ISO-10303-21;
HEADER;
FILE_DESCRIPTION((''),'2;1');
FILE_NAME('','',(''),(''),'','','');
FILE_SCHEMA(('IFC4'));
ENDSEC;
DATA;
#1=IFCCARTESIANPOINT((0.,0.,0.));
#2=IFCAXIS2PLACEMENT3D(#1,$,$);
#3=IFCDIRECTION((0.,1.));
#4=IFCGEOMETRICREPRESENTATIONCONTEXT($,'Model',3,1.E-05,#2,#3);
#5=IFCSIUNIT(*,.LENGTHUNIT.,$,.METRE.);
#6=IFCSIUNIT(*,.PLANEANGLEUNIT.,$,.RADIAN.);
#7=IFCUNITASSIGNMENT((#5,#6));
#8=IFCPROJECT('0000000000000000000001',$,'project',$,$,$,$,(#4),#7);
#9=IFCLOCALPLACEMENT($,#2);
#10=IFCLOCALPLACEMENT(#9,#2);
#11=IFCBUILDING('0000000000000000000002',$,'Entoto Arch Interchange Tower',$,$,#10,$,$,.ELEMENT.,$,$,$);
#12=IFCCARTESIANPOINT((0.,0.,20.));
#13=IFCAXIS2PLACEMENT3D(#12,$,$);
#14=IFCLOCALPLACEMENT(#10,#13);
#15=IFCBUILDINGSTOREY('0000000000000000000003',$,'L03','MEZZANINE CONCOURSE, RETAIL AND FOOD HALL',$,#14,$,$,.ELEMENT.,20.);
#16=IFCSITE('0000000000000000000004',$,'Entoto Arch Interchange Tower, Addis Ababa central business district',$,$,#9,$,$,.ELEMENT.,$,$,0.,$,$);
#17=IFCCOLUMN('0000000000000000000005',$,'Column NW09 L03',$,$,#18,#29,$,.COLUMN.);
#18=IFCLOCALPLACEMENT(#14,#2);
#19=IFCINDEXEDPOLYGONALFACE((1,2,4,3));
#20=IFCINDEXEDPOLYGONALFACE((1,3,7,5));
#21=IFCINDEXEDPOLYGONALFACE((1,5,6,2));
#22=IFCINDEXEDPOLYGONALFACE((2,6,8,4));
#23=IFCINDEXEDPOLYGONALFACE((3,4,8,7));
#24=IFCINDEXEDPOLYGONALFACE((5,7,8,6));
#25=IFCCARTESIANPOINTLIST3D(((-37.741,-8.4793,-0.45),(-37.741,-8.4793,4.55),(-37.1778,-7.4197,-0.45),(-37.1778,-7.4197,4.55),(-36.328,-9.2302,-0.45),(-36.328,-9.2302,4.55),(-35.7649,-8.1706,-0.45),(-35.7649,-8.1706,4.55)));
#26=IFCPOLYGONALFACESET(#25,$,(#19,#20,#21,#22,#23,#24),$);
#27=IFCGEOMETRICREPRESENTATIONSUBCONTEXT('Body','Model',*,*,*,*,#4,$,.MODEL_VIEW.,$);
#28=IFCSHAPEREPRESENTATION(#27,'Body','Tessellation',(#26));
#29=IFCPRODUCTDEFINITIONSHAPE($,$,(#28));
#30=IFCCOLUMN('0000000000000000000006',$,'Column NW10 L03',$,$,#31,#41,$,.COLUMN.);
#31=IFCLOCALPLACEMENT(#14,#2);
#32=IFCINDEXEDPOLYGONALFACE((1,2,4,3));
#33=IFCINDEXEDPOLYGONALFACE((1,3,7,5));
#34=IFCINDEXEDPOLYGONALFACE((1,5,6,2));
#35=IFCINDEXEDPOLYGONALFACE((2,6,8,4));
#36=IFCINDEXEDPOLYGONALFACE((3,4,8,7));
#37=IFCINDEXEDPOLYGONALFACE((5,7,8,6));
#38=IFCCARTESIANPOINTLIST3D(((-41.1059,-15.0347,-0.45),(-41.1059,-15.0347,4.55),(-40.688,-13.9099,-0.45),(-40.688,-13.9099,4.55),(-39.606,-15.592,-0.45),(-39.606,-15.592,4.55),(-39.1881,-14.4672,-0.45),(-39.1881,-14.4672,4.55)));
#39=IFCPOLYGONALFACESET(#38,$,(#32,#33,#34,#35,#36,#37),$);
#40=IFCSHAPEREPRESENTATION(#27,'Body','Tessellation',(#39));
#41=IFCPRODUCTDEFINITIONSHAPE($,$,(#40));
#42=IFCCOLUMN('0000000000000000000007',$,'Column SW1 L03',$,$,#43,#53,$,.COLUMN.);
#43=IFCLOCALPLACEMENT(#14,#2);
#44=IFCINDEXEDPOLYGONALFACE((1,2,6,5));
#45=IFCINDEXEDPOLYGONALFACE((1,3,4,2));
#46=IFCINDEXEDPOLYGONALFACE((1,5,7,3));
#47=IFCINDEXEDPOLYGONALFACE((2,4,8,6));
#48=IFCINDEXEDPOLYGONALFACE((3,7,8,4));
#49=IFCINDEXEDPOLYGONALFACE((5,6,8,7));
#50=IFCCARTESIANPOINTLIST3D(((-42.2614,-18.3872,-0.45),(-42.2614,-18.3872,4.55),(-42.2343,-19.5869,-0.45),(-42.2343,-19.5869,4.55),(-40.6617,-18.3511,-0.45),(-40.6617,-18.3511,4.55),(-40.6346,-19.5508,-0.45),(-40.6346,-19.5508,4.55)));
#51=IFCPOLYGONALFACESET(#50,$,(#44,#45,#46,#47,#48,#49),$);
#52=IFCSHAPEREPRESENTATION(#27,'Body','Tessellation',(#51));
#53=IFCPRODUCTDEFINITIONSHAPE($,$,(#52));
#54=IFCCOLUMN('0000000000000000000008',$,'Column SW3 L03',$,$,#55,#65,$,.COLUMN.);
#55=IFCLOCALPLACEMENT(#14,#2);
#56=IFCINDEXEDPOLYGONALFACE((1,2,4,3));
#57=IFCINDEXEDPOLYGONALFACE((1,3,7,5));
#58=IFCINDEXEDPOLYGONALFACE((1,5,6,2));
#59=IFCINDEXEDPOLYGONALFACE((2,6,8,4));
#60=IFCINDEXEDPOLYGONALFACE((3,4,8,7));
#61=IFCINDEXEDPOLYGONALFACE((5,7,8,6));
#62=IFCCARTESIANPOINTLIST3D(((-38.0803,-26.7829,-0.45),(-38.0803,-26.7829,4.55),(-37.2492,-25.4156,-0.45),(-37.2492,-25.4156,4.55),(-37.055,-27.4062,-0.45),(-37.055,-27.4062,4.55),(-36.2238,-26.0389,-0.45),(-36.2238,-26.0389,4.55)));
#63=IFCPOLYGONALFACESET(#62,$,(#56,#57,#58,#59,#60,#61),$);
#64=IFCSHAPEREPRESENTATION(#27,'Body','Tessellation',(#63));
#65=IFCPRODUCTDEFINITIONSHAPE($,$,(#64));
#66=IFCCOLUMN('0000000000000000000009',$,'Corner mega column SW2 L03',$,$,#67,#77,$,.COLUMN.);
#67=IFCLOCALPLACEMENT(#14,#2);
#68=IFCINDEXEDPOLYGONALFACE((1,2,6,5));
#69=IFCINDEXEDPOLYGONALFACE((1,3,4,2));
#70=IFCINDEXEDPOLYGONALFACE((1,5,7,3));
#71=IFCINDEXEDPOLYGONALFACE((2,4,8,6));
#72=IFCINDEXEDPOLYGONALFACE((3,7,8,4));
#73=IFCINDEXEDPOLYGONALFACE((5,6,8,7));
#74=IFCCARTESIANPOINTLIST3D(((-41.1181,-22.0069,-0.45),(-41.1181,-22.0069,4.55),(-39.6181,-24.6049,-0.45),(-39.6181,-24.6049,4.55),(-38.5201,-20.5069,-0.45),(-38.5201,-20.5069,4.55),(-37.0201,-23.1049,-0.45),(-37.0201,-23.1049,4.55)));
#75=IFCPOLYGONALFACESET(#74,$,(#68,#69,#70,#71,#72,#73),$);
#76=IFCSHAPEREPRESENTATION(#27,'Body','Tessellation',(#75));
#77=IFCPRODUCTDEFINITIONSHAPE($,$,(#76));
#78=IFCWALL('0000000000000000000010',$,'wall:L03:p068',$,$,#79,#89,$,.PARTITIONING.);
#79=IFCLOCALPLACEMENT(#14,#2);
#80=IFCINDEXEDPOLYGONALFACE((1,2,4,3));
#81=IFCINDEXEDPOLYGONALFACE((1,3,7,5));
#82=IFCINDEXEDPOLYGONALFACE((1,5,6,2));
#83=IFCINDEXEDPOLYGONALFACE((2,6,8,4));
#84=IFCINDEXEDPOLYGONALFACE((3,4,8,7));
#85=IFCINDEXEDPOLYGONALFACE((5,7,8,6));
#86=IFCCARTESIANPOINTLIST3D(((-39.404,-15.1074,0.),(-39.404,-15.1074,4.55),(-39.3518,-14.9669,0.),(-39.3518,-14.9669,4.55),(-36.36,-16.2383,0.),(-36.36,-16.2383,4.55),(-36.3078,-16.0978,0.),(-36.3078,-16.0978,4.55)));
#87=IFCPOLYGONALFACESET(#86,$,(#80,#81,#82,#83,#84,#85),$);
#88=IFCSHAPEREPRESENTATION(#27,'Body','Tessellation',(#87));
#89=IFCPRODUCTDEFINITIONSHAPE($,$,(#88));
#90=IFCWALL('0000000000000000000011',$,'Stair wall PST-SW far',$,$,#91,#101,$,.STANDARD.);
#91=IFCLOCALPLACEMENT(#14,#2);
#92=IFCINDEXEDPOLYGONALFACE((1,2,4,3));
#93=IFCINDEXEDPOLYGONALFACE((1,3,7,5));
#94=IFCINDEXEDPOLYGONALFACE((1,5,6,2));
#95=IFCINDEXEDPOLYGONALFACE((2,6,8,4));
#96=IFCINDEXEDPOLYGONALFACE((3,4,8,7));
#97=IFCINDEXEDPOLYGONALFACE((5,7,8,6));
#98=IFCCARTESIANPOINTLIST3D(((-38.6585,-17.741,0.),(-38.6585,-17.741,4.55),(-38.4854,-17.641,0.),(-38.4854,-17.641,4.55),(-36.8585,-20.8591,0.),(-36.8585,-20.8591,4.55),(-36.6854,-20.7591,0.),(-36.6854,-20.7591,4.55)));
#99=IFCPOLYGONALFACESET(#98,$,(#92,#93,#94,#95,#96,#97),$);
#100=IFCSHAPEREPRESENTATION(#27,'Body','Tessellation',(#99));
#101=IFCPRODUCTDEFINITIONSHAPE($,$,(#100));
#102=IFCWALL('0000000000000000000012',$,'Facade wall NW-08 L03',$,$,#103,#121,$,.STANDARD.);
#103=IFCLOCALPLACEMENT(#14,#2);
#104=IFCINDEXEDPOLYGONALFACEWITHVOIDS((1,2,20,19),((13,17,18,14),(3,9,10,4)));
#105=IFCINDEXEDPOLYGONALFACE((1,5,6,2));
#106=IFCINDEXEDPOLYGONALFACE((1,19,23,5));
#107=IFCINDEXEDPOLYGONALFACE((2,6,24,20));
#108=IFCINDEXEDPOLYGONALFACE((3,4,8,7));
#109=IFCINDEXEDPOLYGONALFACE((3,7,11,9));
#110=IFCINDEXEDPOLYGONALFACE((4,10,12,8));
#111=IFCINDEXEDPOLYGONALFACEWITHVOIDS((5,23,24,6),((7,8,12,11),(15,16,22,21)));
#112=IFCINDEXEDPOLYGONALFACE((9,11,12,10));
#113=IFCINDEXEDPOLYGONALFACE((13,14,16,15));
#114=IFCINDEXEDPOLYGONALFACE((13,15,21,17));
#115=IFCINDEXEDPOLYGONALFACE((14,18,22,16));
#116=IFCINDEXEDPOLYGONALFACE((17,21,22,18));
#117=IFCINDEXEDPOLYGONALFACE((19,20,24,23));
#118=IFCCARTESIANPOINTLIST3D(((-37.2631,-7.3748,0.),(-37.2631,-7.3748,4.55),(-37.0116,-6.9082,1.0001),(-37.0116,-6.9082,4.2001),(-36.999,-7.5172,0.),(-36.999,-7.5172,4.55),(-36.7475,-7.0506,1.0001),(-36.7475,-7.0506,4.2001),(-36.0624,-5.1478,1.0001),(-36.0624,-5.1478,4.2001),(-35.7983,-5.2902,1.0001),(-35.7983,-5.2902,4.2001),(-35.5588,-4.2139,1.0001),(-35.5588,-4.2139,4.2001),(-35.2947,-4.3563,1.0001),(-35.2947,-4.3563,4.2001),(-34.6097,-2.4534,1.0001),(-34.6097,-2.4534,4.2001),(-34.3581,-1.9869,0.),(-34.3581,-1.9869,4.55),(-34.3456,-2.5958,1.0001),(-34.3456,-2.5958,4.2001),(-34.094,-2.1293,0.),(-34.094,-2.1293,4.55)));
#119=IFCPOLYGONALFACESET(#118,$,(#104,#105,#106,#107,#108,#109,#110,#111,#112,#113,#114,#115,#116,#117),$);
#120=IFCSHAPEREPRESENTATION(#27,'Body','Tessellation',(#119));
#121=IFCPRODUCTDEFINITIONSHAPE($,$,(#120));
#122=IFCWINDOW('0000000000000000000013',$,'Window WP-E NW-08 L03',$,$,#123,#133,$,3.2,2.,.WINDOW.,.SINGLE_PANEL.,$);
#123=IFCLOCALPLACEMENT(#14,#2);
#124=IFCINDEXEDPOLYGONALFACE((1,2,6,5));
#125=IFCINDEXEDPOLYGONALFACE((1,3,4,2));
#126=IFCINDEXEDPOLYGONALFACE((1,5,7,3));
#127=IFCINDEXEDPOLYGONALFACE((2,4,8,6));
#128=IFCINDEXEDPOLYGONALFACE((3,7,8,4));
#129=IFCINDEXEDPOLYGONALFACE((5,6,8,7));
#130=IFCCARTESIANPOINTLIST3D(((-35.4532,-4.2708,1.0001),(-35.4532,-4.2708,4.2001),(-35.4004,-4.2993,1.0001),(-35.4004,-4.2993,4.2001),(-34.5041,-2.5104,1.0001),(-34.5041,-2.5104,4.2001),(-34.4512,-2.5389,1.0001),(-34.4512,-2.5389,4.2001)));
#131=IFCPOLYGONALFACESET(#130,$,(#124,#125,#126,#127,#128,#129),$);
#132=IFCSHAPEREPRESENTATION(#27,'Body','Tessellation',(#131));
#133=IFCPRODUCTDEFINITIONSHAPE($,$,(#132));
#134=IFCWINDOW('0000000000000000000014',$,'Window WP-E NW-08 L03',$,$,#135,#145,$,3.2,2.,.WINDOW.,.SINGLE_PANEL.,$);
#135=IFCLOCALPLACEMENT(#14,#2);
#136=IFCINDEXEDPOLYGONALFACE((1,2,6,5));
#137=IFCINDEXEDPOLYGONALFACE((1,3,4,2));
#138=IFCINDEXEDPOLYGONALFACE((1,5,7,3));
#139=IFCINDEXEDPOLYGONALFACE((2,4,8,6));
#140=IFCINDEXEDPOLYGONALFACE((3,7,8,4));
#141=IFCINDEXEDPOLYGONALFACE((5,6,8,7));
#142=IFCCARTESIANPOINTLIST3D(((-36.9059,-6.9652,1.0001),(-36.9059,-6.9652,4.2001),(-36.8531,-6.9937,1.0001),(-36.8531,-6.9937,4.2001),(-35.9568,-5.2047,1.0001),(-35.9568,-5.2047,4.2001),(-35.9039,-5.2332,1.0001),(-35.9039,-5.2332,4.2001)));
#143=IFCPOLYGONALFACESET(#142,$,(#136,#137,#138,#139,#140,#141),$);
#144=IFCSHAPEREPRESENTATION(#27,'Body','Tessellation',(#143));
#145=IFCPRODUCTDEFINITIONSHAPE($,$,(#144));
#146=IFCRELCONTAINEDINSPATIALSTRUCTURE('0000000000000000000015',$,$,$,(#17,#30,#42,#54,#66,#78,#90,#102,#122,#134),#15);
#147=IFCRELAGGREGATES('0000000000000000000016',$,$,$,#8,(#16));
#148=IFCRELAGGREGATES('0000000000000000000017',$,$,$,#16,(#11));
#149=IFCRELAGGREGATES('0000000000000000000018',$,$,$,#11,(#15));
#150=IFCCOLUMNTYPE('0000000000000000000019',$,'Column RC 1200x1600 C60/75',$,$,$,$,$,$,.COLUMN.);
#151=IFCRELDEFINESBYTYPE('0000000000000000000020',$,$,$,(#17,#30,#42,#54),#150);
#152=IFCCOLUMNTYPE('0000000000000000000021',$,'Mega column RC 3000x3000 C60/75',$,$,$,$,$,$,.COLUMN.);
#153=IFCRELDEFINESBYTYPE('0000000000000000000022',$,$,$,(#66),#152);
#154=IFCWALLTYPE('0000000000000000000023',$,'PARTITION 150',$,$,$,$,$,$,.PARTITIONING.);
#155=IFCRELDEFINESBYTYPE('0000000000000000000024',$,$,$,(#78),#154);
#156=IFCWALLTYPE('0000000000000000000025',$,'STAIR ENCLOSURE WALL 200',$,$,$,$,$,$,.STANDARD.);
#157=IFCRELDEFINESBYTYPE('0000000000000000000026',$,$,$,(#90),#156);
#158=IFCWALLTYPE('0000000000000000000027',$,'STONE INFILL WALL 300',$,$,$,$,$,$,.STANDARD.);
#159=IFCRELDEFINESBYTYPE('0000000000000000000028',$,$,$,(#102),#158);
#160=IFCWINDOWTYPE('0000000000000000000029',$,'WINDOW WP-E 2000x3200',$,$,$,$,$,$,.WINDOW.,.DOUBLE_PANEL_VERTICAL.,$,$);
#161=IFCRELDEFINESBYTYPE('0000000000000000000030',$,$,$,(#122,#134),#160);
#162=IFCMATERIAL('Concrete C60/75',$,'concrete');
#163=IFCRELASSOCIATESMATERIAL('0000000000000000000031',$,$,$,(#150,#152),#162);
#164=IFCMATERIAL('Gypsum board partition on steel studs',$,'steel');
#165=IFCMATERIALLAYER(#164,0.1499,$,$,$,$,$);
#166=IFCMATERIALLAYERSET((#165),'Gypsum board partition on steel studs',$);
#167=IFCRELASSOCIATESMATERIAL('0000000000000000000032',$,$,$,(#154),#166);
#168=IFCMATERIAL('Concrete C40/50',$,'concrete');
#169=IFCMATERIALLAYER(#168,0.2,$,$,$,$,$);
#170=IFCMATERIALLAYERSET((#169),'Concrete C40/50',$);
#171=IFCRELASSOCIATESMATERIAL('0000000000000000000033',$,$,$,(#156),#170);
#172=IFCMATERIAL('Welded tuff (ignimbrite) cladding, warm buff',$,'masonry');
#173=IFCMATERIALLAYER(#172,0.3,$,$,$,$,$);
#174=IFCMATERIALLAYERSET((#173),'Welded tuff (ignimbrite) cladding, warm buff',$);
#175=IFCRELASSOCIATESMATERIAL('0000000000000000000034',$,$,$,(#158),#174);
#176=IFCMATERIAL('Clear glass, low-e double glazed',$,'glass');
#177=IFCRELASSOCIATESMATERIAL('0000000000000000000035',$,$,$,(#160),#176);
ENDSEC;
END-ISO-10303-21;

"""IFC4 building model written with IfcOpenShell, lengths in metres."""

from ifc_helpers import new_model, si_unit, direction, frame, frame_2d, origin, origin_2d, place, context, subcontext, project, spatial, rectangle, extrude, material, layer, layer_set, material_profile, profile_set, type_object, element, fill, save


model = new_model("IFC4")

# Units and contexts
model_context = context("Model", 3, precision=1e-05, world=origin(), true_north=direction((0.0, 1.0)))
body_context = subcontext(model_context, "Body", "Model", "MODEL_VIEW")
ifc_project = project(units=[si_unit("LENGTHUNIT", "METRE"), si_unit("PLANEANGLEUNIT", "RADIAN")], contexts=[model_context])

# Site, building, storey
site_placement = place(None, origin())
site = spatial("IfcSite", under=ifc_project, at=site_placement, Name="Entoto Arch Interchange Tower, Addis Ababa central business district", CompositionType="ELEMENT", RefElevation=0.0)
building_placement = place(site_placement, origin())
building = spatial("IfcBuilding", under=site, at=building_placement, Name="Entoto Arch Interchange Tower", CompositionType="ELEMENT")
storey_placement = place(building_placement, frame((0.0, 0.0, 20.0)))
storey = spatial("IfcBuildingStorey", under=building, at=storey_placement, Name="L03", Description="MEZZANINE CONCOURSE, RETAIL AND FOOD HALL", CompositionType="ELEMENT", Elevation=20.0)

# Columns
ifc_material_1 = material(Name="Concrete C60/75", Category="concrete")
ifc_material_profile_1 = material_profile(ifc_material_1, rectangle(XDim=1.2, YDim=1.6001, at=origin_2d()))
ifc_profile_set_1 = profile_set([ifc_material_profile_1], Name="Concrete C60/75")
column_type_1 = type_object("IfcColumnType", Name="Column RC 1200x1600 C60/75", PredefinedType="COLUMN", material=ifc_profile_set_1)
for number, where, z_axis, x_axis, name in (
    (1, (-36.7529, -8.325, -0.45), (0.0, 0.0, 1.0), (0.469317, 0.88303, 0.0), "Column NW09 L03"),
    (2, (-40.147, -14.751, -0.45), (0.0, 0.0, 1.0), (0.348278, 0.937391, 0.0), "Column NW10 L03"),
    (3, (-41.448, -18.969, -0.45), (0.0, 0.0, 1.0), (-0.022565, 0.999745, 0.0), "Column SW1 L03"),
    (4, (-37.1521, -26.4109, -0.45), (0.0, 0.0, 1.0), (-0.854522, 0.519415, 0.0), "Column SW3 L03"),
):
    element("IfcColumn", number, at=place(storey_placement, frame(where, z_axis=z_axis, x_axis=x_axis)), inside=storey, type_object=column_type_1, Name=name, PredefinedType="COLUMN", context=body_context, shape_type="SweptSolid", body=[
        extrude(rectangle(XDim=1.2, YDim=1.6001, at=origin_2d()), origin(), (0.0, 0.0, 1.0), 5.0),
    ])
ifc_material_profile_2 = material_profile(ifc_material_1, rectangle(XDim=3.0, YDim=3.0, at=origin_2d()))
ifc_profile_set_2 = profile_set([ifc_material_profile_2], Name="Concrete C60/75")
column_type_2 = type_object("IfcColumnType", Name="Mega column RC 3000x3000 C60/75", PredefinedType="COLUMN", material=ifc_profile_set_2)
column_placement = place(storey_placement, frame((-39.0691, -22.5559, -0.45), z_axis=(0.0, 0.0, 1.0), x_axis=(0.866025, 0.5, 0.0)))
element("IfcColumn", 5, at=column_placement, inside=storey, type_object=column_type_2, Name="Corner mega column SW2 L03", PredefinedType="COLUMN", context=body_context, shape_type="SweptSolid", body=[
    extrude(rectangle(XDim=3.0, YDim=3.0, at=origin_2d()), origin(), (0.0, 0.0, 1.0), 5.0),
])

# Walls
ifc_material_2 = material(Name="Gypsum board partition on steel studs", Category="steel")
ifc_layer_1 = layer(ifc_material_2, 0.1499)
ifc_layer_set_1 = layer_set([ifc_layer_1], Name="Gypsum board partition on steel studs")
wall_type_1 = type_object("IfcWallType", Name="PARTITION 150", PredefinedType="PARTITIONING", material=ifc_layer_set_1)
wall_1_placement = place(storey_placement, frame((-36.334, -16.168, 0.0), z_axis=(0.0, 0.0, 1.0), x_axis=(-0.9374, 0.348254, 0.0)))
element("IfcWall", 6, at=wall_1_placement, inside=storey, type_object=wall_type_1, Name="wall:L03:p068", PredefinedType="PARTITIONING", context=body_context, shape_type="SweptSolid", body=[
    extrude(rectangle(XDim=3.2473, YDim=0.1499, at=frame_2d((1.6235, 0.0))), origin(), (0.0, 0.0, 1.0), 4.55),
])
ifc_material_3 = material(Name="Concrete C40/50", Category="concrete")
ifc_layer_2 = layer(ifc_material_3, 0.2)
ifc_layer_set_2 = layer_set([ifc_layer_2], Name="Concrete C40/50")
wall_type_2 = type_object("IfcWallType", Name="STAIR ENCLOSURE WALL 200", PredefinedType="STANDARD", material=ifc_layer_set_2)
wall_2_placement = place(storey_placement, frame((-38.572, -17.6909, 0.0), z_axis=(0.0, 0.0, 1.0), x_axis=(0.499953, -0.866052, 0.0)))
element("IfcWall", 7, at=wall_2_placement, inside=storey, type_object=wall_type_2, Name="Stair wall PST-SW far", PredefinedType="STANDARD", context=body_context, shape_type="SweptSolid", body=[
    extrude(rectangle(XDim=3.6003, YDim=0.2, at=frame_2d((1.8003, 0.0))), origin(), (0.0, 0.0, 1.0), 4.55),
])

# Wall, openings, windows
ifc_material_4 = material(Name="Welded tuff (ignimbrite) cladding, warm buff", Category="masonry")
ifc_layer_3 = layer(ifc_material_4, 0.3)
ifc_layer_set_3 = layer_set([ifc_layer_3], Name="Welded tuff (ignimbrite) cladding, warm buff")
wall_type_3 = type_object("IfcWallType", Name="STONE INFILL WALL 300", PredefinedType="STANDARD", material=ifc_layer_set_3)
wall_3_placement = place(storey_placement, frame((-34.2261, -2.0581, 0.0), z_axis=(0.0, 0.0, 1.0), x_axis=(-0.474585, -0.88021, 0.0)))
wall_3 = element("IfcWall", 8, at=wall_3_placement, inside=storey, type_object=wall_type_3, Name="Facade wall NW-08 L03", PredefinedType="STANDARD", context=body_context, shape_type="SweptSolid", body=[
    extrude(rectangle(XDim=6.1211, YDim=0.3, at=frame_2d((3.0605, 0.0))), origin(), (0.0, 0.0, 1.0), 4.55),
])
opening_1_placement = place(wall_3_placement, frame((0.53, 0.0, 1.0)))
opening_1 = element("IfcOpeningElement", 9, at=opening_1_placement, cuts=wall_3, PredefinedType="OPENING", context=body_context, shape_type="SweptSolid", body=[
    extrude(rectangle(XDim=2.0, YDim=3.2, at=frame_2d((1.0, 1.6001))), frame((0.0, 0.1602, 0.0), z_axis=(0.0, -1.0, 0.0), x_axis=(1.0, 0.0, 0.0)), (0.0, 0.0, 1.0), 0.3201),
])
opening_2_placement = place(wall_3_placement, frame((3.5911, 0.0, 1.0)))
opening_2 = element("IfcOpeningElement", 10, at=opening_2_placement, cuts=wall_3, PredefinedType="OPENING", context=body_context, shape_type="SweptSolid", body=[
    extrude(rectangle(XDim=2.0, YDim=3.2, at=frame_2d((1.0, 1.6001))), frame((0.0, 0.1602, 0.0), z_axis=(0.0, -1.0, 0.0), x_axis=(1.0, 0.0, 0.0)), (0.0, 0.0, 1.0), 0.3201),
])
ifc_material_5 = material(Name="Clear glass, low-e double glazed", Category="glass")
window_type_1 = type_object("IfcWindowType", Name="WINDOW WP-E 2000x3200", PartitioningType="DOUBLE_PANEL_VERTICAL", PredefinedType="WINDOW", material=ifc_material_5)
window_1_placement = place(opening_1_placement, origin())
window_1 = element("IfcWindow", 11, at=window_1_placement, inside=storey, type_object=window_type_1, Name="Window WP-E NW-08 L03", OverallHeight=3.2, OverallWidth=2.0, PartitioningType="SINGLE_PANEL", PredefinedType="WINDOW", context=body_context, shape_type="SweptSolid", body=[
    extrude(rectangle(XDim=2.0, YDim=3.2, at=frame_2d((1.0, 1.6001))), frame((0.0, 0.03, 0.0), z_axis=(0.0, -1.0, 0.0), x_axis=(1.0, 0.0, 0.0)), (0.0, 0.0, 1.0), 0.0601),
])
fill(opening_1, window_1)
window_2_placement = place(opening_2_placement, origin())
window_2 = element("IfcWindow", 12, at=window_2_placement, inside=storey, type_object=window_type_1, Name="Window WP-E NW-08 L03", OverallHeight=3.2, OverallWidth=2.0, PartitioningType="SINGLE_PANEL", PredefinedType="WINDOW", context=body_context, shape_type="SweptSolid", body=[
    extrude(rectangle(XDim=2.0, YDim=3.2, at=frame_2d((1.0, 1.6001))), frame((0.0, 0.03, 0.0), z_axis=(0.0, -1.0, 0.0), x_axis=(1.0, 0.0, 0.0)), (0.0, 0.0, 1.0), 0.0601),
])
fill(opening_2, window_2)

save(model, "model.ifc")
